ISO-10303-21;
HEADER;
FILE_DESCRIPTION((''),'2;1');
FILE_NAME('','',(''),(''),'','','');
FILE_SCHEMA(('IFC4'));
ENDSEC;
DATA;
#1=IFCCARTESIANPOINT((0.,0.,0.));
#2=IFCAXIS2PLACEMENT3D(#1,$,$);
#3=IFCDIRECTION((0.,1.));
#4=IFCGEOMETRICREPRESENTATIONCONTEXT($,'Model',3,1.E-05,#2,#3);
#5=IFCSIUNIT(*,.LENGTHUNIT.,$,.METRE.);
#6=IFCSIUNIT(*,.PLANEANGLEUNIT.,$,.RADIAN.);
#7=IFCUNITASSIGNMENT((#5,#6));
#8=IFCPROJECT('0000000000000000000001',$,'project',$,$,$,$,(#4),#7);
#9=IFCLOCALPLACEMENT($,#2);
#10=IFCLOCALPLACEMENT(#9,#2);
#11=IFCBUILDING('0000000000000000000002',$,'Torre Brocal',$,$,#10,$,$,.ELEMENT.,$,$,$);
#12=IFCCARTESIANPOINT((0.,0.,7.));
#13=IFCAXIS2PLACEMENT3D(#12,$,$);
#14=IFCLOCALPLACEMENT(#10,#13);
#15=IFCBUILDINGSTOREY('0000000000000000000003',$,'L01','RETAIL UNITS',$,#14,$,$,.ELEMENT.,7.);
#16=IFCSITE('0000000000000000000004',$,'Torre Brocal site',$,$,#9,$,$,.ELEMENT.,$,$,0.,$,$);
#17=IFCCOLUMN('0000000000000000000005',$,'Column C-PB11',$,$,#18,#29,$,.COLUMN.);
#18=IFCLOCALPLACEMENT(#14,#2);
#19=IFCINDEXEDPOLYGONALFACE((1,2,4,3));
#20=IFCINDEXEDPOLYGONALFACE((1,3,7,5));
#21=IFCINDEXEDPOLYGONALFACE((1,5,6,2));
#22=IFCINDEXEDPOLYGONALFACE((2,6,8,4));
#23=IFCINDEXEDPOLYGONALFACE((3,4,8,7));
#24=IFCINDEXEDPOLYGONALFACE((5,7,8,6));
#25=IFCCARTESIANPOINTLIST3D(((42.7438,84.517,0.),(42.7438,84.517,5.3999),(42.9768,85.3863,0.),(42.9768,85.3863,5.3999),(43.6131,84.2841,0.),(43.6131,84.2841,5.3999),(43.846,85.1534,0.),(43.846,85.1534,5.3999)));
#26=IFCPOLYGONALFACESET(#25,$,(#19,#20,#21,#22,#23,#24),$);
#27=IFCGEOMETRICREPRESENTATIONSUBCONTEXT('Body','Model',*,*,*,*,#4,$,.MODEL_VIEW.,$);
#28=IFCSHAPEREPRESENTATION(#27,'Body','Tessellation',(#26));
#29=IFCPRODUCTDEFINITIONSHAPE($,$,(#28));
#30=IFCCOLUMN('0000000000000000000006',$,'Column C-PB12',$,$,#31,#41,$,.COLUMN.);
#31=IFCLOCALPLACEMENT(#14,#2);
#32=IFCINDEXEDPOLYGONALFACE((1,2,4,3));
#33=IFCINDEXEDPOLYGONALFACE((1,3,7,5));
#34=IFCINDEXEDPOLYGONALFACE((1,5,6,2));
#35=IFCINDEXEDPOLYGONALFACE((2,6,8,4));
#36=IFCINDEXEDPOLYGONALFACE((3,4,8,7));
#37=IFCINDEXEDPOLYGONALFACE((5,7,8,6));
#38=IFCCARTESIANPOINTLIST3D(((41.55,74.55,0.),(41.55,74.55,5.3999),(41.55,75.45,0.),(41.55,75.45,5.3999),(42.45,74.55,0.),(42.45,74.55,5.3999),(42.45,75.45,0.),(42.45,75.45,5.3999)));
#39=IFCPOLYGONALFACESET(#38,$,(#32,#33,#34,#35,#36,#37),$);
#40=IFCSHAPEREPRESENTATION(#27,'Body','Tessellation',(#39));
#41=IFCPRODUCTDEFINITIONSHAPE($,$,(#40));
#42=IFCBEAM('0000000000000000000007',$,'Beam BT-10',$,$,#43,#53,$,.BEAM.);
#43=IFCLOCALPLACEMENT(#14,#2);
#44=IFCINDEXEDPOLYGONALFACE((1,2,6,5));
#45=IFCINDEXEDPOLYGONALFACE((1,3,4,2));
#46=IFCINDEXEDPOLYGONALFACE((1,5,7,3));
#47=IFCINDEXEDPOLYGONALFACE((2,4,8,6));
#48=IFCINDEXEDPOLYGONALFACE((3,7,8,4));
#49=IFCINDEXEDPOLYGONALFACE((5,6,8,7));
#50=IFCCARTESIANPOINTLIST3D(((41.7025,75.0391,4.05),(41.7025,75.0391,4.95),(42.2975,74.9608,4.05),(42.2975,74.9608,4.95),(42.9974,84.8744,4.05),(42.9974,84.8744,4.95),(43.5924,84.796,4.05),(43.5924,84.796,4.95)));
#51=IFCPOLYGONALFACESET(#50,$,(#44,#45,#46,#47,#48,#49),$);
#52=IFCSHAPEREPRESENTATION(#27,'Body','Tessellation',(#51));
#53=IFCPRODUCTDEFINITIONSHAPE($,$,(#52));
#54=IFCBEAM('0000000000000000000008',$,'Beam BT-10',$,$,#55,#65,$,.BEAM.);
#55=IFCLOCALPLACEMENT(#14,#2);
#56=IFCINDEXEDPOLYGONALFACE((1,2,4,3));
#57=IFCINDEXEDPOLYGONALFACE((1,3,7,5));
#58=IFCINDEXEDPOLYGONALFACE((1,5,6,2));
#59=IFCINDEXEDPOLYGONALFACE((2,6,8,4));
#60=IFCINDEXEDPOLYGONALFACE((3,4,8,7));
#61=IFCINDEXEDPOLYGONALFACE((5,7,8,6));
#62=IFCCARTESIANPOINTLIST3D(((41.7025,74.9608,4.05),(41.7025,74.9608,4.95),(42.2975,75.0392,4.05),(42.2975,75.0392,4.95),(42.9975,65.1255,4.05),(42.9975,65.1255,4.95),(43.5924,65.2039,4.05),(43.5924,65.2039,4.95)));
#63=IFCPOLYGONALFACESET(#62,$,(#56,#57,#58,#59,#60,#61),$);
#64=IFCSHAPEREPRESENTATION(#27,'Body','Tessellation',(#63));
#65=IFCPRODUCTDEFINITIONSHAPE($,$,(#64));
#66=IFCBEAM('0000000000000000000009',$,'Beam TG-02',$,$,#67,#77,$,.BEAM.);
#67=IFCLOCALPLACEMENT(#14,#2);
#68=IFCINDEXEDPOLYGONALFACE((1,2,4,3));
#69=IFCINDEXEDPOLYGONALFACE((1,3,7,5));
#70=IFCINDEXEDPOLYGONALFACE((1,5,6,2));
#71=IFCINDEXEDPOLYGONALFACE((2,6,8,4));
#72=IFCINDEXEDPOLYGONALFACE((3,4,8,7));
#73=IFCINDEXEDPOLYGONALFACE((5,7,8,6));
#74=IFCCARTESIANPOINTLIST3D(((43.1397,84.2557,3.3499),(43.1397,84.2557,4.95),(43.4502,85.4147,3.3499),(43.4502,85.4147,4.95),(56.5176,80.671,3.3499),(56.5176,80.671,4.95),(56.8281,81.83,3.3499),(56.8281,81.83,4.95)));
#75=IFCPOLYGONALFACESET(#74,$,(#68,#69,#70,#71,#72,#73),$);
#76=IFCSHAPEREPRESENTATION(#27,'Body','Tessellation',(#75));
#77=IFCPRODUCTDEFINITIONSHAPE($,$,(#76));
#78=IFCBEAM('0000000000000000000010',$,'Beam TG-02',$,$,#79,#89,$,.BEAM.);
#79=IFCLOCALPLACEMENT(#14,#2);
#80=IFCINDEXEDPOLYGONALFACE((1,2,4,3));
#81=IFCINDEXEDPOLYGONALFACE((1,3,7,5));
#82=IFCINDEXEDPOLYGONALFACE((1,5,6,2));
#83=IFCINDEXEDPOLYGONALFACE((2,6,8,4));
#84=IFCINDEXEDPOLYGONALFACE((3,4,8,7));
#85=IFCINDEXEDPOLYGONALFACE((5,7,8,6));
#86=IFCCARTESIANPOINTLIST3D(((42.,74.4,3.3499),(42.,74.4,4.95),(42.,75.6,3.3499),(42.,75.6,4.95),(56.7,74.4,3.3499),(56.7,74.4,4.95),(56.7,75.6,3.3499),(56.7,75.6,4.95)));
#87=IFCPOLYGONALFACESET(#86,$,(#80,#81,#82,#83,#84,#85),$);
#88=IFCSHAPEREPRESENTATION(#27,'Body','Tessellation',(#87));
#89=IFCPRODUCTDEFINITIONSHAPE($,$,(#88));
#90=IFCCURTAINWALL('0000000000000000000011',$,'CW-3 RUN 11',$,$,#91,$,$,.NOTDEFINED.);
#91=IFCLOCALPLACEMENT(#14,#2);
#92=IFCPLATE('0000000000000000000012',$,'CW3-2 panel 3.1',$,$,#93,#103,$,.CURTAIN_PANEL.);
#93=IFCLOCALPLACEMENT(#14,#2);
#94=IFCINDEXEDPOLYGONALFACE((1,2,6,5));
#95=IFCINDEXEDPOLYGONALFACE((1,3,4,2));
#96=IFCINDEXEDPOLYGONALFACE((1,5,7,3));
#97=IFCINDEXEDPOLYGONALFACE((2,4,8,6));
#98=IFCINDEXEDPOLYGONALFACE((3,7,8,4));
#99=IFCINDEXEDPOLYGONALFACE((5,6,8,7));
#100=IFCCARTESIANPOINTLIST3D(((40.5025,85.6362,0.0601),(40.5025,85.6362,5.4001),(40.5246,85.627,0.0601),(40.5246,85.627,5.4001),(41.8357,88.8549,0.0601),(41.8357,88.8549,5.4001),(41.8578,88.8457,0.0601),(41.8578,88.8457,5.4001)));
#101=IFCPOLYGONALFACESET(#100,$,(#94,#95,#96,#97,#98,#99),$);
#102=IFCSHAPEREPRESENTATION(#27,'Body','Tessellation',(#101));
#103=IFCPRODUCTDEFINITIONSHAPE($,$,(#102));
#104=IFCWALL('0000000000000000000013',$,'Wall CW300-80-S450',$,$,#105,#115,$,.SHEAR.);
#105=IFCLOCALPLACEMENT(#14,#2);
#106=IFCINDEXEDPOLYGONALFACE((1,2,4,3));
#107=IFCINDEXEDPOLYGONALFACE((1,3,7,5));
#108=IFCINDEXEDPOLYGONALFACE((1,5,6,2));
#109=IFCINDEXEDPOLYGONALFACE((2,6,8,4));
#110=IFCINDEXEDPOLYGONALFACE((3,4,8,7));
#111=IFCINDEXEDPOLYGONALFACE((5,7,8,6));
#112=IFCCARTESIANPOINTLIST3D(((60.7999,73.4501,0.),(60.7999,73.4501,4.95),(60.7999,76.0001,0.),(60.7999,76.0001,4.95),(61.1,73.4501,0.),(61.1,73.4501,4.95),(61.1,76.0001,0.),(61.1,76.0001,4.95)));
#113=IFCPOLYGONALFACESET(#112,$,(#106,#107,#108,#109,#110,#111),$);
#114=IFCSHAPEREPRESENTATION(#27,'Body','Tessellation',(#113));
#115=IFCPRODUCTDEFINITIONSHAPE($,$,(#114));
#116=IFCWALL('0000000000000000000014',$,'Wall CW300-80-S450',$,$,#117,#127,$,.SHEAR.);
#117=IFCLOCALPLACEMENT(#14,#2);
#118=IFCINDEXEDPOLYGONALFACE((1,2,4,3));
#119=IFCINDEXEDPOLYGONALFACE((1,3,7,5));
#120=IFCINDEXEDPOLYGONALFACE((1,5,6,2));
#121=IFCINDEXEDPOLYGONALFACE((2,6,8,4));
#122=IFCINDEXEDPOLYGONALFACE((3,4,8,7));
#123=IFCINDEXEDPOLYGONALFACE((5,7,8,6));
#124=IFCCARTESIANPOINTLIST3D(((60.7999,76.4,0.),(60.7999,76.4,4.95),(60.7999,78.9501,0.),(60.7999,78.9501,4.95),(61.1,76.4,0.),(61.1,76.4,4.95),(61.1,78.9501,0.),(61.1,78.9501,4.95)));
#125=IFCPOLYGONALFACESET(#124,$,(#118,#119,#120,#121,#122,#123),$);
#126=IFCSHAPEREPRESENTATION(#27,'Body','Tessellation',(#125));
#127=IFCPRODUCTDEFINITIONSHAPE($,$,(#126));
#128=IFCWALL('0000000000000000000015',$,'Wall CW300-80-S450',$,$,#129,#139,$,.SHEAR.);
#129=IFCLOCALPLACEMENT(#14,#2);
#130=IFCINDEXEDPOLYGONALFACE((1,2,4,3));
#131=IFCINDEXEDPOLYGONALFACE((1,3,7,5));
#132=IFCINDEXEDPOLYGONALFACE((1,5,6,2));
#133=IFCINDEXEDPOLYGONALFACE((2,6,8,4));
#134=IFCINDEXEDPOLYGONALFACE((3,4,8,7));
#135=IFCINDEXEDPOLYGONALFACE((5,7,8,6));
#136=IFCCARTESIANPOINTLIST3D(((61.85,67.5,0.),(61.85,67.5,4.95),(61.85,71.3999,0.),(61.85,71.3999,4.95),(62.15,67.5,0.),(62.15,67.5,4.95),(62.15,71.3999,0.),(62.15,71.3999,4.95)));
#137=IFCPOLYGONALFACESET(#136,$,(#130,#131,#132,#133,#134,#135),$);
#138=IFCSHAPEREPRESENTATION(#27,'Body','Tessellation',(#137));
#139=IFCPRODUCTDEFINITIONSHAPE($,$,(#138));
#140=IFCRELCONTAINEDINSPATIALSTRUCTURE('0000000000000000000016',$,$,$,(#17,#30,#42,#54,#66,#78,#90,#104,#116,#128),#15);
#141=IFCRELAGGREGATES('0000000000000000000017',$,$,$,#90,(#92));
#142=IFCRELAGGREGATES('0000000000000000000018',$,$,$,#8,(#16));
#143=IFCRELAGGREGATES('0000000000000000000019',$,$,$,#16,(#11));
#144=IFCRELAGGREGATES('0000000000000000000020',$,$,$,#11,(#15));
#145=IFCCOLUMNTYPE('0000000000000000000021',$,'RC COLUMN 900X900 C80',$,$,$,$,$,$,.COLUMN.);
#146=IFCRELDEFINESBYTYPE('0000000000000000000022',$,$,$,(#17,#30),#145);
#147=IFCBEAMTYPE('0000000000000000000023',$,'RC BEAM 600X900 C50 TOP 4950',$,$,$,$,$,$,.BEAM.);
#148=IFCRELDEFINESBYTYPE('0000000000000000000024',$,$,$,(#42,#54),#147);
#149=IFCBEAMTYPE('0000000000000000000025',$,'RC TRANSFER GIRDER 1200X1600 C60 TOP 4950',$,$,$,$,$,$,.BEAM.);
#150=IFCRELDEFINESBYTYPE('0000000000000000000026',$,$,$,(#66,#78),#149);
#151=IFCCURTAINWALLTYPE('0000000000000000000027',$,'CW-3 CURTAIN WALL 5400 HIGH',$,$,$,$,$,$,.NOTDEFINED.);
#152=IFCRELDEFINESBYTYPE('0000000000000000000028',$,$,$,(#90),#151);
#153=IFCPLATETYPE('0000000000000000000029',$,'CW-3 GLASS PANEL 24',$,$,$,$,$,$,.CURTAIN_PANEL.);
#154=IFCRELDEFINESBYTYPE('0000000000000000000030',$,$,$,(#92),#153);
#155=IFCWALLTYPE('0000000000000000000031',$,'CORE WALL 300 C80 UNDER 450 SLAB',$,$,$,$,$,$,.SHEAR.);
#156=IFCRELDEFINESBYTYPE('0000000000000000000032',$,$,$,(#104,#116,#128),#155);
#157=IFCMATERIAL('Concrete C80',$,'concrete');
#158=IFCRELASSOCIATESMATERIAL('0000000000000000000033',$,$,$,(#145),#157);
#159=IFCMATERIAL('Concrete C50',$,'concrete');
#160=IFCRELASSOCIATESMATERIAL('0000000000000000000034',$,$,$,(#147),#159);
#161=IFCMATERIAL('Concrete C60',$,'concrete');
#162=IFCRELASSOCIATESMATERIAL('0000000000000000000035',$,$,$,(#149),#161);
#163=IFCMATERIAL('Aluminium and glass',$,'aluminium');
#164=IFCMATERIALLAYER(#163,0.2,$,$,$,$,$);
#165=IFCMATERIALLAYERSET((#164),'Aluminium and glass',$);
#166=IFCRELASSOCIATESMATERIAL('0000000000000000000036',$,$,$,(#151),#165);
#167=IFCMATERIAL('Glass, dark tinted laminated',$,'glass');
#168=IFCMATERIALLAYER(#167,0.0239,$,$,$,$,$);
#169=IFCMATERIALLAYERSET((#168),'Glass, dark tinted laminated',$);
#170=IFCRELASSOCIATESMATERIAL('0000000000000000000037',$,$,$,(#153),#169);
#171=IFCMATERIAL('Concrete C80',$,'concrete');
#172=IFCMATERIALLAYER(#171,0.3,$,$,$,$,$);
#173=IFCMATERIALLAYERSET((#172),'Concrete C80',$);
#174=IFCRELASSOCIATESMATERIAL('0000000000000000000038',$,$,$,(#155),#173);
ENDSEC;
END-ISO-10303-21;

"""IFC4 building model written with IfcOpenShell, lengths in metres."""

from ifc_helpers import new_model, si_unit, direction, frame, frame_2d, origin, origin_2d, place, context, subcontext, project, spatial, rectangle, extrude, material, layer, layer_set, material_profile, profile_set, type_object, element, aggregate, save


model = new_model("IFC4")

# Units and contexts
model_context = context("Model", 3, precision=1e-05, world=origin(), true_north=direction((0.0, 1.0)))
body_context = subcontext(model_context, "Body", "Model", "MODEL_VIEW")
ifc_project = project(units=[si_unit("LENGTHUNIT", "METRE"), si_unit("PLANEANGLEUNIT", "RADIAN")], contexts=[model_context])

# Site, building, storey
site_placement = place(None, origin())
site = spatial("IfcSite", under=ifc_project, at=site_placement, Name="Torre Brocal site", CompositionType="ELEMENT", RefElevation=0.0)
building_placement = place(site_placement, origin())
building = spatial("IfcBuilding", under=site, at=building_placement, Name="Torre Brocal", CompositionType="ELEMENT")
storey_placement = place(building_placement, frame((0.0, 0.0, 7.0)))
storey = spatial("IfcBuildingStorey", under=building, at=storey_placement, Name="L01", Description="RETAIL UNITS", CompositionType="ELEMENT", Elevation=7.0)

# Columns
ifc_material_1 = material(Name="Concrete C80", Category="concrete")
ifc_material_profile_1 = material_profile(ifc_material_1, rectangle(XDim=0.8999, YDim=0.8999, at=origin_2d()), Name="RC 900X900")
ifc_profile_set_1 = profile_set([ifc_material_profile_1], Name="Concrete C80")
column_type = type_object("IfcColumnType", Name="RC COLUMN 900X900 C80", PredefinedType="COLUMN", material=ifc_profile_set_1)
for number, where, z_axis, x_axis, name in (
    (1, (43.2949, 84.8352, 0.0), (0.0, 0.0, 1.0), (-0.965926, 0.258819, 0.0), "Column C-PB11"),
    (2, (42.0, 75.0, 0.0), (0.0, 0.0, 1.0), (-1.0, 0.0, 0.0), "Column C-PB12"),
):
    element("IfcColumn", number, at=place(storey_placement, frame(where, z_axis=z_axis, x_axis=x_axis)), inside=storey, type_object=column_type, Name=name, PredefinedType="COLUMN", context=body_context, shape_type="SweptSolid", body=[
        extrude(rectangle(XDim=0.8999, YDim=0.8999, at=origin_2d()), origin(), (0.0, 0.0, 1.0), 5.3999),
    ])

# Beams
ifc_material_2 = material(Name="Concrete C50", Category="concrete")
ifc_material_profile_2 = material_profile(ifc_material_2, rectangle(XDim=0.6001, YDim=0.8999, at=origin_2d()), Name="RC 600X900")
ifc_profile_set_2 = profile_set([ifc_material_profile_2], Name="Concrete C50")
beam_type_1 = type_object("IfcBeamType", Name="RC BEAM 600X900 C50 TOP 4950", PredefinedType="BEAM", material=ifc_profile_set_2)
for number, where, z_axis, x_axis, name in (
    (3, (43.2949, 84.8352, 4.5), (-0.130535, -0.991444, 0.0), (0.991444, -0.130535, 0.0), "Beam BT-10"),
    (4, (42.0, 75.0, 4.5), (0.130535, -0.991444, 0.0), (0.991444, 0.130535, 0.0), "Beam BT-10"),
):
    element("IfcBeam", number, at=place(storey_placement, frame(where, z_axis=z_axis, x_axis=x_axis)), inside=storey, type_object=beam_type_1, Name=name, PredefinedType="BEAM", context=body_context, shape_type="SweptSolid", body=[
        extrude(rectangle(XDim=0.6001, YDim=0.8999, at=origin_2d()), origin(), (0.0, 0.0, 1.0), 9.9202),
    ])
ifc_material_3 = material(Name="Concrete C60", Category="concrete")
ifc_material_profile_3 = material_profile(ifc_material_3, rectangle(XDim=1.2, YDim=1.6001, at=origin_2d()), Name="RC 1200X1600")
ifc_profile_set_3 = profile_set([ifc_material_profile_3], Name="Concrete C60")
beam_type_2 = type_object("IfcBeamType", Name="RC TRANSFER GIRDER 1200X1600 C60 TOP 4950", PredefinedType="BEAM", material=ifc_profile_set_3)
beam_1_placement = place(storey_placement, frame((56.6729, 81.2505, 4.1499), z_axis=(-0.965924, 0.258827, 0.0), x_axis=(-0.258827, -0.965924, 0.0)))
element("IfcBeam", 5, at=beam_1_placement, inside=storey, type_object=beam_type_2, Name="Beam TG-02", PredefinedType="BEAM", context=body_context, shape_type="SweptSolid", body=[
    extrude(rectangle(XDim=1.2, YDim=1.6001, at=origin_2d()), origin(), (0.0, 0.0, 1.0), 13.8499),
])
beam_2_placement = place(storey_placement, frame((56.7, 75.0, 4.1499), z_axis=(-1.0, 0.0, 0.0), x_axis=(0.0, -1.0, 0.0)))
element("IfcBeam", 6, at=beam_2_placement, inside=storey, type_object=beam_type_2, Name="Beam TG-02", PredefinedType="BEAM", context=body_context, shape_type="SweptSolid", body=[
    extrude(rectangle(XDim=1.2, YDim=1.6001, at=origin_2d()), origin(), (0.0, 0.0, 1.0), 14.7),
])

# Curtain wall, plate
ifc_material_4 = material(Name="Aluminium and glass", Category="aluminium")
ifc_layer_1 = layer(ifc_material_4, 0.2)
ifc_layer_set_1 = layer_set([ifc_layer_1], Name="Aluminium and glass")
curtain_wall_type = type_object("IfcCurtainWallType", Name="CW-3 CURTAIN WALL 5400 HIGH", PredefinedType="NOTDEFINED", material=ifc_layer_set_1)
curtain_wall_placement = place(storey_placement, origin())
curtain_wall = element("IfcCurtainWall", 7, at=curtain_wall_placement, inside=storey, type_object=curtain_wall_type, Name="CW-3 RUN 11", PredefinedType="NOTDEFINED")
ifc_material_5 = material(Name="Glass, dark tinted laminated", Category="glass")
ifc_layer_2 = layer(ifc_material_5, 0.0239)
ifc_layer_set_2 = layer_set([ifc_layer_2], Name="Glass, dark tinted laminated")
plate_type = type_object("IfcPlateType", Name="CW-3 GLASS PANEL 24", PredefinedType="CURTAIN_PANEL", material=ifc_layer_set_2)
plate_placement = place(storey_placement, frame((41.1802, 87.241, 0.0601), z_axis=(0.0, 0.0, 1.0), x_axis=(-0.382683, -0.92388, 0.0)))
plate = element("IfcPlate", 8, at=plate_placement, type_object=plate_type, Name="CW3-2 panel 3.1", PredefinedType="CURTAIN_PANEL", context=body_context, shape_type="SweptSolid", body=[
    extrude(rectangle(XDim=3.4839, YDim=0.0239, at=origin_2d()), origin(), (0.0, 0.0, 1.0), 5.3401),
])
aggregate(curtain_wall, [plate])

# Walls
ifc_material_6 = material(Name="Concrete C80", Category="concrete")
ifc_layer_3 = layer(ifc_material_6, 0.3)
ifc_layer_set_3 = layer_set([ifc_layer_3], Name="Concrete C80")
wall_type_1 = type_object("IfcWallType", Name="CORE WALL 300 C80 UNDER 450 SLAB", PredefinedType="SHEAR", material=ifc_layer_set_3)
for number, where, z_axis, x_axis, name in (
    (9, (60.95, 76.0, 0.0), (0.0, 0.0, 1.0), (0.0, -1.0, 0.0), "Wall CW300-80-S450"),
    (10, (60.95, 78.95, 0.0), (0.0, 0.0, 1.0), (0.0, -1.0, 0.0), "Wall CW300-80-S450"),
):
    element("IfcWall", number, at=place(storey_placement, frame(where, z_axis=z_axis, x_axis=x_axis)), inside=storey, type_object=wall_type_1, Name=name, PredefinedType="SHEAR", context=body_context, shape_type="SweptSolid", body=[
        extrude(rectangle(XDim=2.55, YDim=0.3, at=frame_2d((1.2749, 0.0))), origin(), (0.0, 0.0, 1.0), 4.95),
    ])
wall_1_placement = place(storey_placement, frame((62.0, 71.3999, 0.0), z_axis=(0.0, 0.0, 1.0), x_axis=(0.0, -1.0, 0.0)))
element("IfcWall", 11, at=wall_1_placement, inside=storey, type_object=wall_type_1, Name="Wall CW300-80-S450", PredefinedType="SHEAR", context=body_context, shape_type="SweptSolid", body=[
    extrude(rectangle(XDim=3.8999, YDim=0.3, at=frame_2d((1.95, 0.0))), origin(), (0.0, 0.0, 1.0), 4.95),
])

save(model, "model.ifc")
